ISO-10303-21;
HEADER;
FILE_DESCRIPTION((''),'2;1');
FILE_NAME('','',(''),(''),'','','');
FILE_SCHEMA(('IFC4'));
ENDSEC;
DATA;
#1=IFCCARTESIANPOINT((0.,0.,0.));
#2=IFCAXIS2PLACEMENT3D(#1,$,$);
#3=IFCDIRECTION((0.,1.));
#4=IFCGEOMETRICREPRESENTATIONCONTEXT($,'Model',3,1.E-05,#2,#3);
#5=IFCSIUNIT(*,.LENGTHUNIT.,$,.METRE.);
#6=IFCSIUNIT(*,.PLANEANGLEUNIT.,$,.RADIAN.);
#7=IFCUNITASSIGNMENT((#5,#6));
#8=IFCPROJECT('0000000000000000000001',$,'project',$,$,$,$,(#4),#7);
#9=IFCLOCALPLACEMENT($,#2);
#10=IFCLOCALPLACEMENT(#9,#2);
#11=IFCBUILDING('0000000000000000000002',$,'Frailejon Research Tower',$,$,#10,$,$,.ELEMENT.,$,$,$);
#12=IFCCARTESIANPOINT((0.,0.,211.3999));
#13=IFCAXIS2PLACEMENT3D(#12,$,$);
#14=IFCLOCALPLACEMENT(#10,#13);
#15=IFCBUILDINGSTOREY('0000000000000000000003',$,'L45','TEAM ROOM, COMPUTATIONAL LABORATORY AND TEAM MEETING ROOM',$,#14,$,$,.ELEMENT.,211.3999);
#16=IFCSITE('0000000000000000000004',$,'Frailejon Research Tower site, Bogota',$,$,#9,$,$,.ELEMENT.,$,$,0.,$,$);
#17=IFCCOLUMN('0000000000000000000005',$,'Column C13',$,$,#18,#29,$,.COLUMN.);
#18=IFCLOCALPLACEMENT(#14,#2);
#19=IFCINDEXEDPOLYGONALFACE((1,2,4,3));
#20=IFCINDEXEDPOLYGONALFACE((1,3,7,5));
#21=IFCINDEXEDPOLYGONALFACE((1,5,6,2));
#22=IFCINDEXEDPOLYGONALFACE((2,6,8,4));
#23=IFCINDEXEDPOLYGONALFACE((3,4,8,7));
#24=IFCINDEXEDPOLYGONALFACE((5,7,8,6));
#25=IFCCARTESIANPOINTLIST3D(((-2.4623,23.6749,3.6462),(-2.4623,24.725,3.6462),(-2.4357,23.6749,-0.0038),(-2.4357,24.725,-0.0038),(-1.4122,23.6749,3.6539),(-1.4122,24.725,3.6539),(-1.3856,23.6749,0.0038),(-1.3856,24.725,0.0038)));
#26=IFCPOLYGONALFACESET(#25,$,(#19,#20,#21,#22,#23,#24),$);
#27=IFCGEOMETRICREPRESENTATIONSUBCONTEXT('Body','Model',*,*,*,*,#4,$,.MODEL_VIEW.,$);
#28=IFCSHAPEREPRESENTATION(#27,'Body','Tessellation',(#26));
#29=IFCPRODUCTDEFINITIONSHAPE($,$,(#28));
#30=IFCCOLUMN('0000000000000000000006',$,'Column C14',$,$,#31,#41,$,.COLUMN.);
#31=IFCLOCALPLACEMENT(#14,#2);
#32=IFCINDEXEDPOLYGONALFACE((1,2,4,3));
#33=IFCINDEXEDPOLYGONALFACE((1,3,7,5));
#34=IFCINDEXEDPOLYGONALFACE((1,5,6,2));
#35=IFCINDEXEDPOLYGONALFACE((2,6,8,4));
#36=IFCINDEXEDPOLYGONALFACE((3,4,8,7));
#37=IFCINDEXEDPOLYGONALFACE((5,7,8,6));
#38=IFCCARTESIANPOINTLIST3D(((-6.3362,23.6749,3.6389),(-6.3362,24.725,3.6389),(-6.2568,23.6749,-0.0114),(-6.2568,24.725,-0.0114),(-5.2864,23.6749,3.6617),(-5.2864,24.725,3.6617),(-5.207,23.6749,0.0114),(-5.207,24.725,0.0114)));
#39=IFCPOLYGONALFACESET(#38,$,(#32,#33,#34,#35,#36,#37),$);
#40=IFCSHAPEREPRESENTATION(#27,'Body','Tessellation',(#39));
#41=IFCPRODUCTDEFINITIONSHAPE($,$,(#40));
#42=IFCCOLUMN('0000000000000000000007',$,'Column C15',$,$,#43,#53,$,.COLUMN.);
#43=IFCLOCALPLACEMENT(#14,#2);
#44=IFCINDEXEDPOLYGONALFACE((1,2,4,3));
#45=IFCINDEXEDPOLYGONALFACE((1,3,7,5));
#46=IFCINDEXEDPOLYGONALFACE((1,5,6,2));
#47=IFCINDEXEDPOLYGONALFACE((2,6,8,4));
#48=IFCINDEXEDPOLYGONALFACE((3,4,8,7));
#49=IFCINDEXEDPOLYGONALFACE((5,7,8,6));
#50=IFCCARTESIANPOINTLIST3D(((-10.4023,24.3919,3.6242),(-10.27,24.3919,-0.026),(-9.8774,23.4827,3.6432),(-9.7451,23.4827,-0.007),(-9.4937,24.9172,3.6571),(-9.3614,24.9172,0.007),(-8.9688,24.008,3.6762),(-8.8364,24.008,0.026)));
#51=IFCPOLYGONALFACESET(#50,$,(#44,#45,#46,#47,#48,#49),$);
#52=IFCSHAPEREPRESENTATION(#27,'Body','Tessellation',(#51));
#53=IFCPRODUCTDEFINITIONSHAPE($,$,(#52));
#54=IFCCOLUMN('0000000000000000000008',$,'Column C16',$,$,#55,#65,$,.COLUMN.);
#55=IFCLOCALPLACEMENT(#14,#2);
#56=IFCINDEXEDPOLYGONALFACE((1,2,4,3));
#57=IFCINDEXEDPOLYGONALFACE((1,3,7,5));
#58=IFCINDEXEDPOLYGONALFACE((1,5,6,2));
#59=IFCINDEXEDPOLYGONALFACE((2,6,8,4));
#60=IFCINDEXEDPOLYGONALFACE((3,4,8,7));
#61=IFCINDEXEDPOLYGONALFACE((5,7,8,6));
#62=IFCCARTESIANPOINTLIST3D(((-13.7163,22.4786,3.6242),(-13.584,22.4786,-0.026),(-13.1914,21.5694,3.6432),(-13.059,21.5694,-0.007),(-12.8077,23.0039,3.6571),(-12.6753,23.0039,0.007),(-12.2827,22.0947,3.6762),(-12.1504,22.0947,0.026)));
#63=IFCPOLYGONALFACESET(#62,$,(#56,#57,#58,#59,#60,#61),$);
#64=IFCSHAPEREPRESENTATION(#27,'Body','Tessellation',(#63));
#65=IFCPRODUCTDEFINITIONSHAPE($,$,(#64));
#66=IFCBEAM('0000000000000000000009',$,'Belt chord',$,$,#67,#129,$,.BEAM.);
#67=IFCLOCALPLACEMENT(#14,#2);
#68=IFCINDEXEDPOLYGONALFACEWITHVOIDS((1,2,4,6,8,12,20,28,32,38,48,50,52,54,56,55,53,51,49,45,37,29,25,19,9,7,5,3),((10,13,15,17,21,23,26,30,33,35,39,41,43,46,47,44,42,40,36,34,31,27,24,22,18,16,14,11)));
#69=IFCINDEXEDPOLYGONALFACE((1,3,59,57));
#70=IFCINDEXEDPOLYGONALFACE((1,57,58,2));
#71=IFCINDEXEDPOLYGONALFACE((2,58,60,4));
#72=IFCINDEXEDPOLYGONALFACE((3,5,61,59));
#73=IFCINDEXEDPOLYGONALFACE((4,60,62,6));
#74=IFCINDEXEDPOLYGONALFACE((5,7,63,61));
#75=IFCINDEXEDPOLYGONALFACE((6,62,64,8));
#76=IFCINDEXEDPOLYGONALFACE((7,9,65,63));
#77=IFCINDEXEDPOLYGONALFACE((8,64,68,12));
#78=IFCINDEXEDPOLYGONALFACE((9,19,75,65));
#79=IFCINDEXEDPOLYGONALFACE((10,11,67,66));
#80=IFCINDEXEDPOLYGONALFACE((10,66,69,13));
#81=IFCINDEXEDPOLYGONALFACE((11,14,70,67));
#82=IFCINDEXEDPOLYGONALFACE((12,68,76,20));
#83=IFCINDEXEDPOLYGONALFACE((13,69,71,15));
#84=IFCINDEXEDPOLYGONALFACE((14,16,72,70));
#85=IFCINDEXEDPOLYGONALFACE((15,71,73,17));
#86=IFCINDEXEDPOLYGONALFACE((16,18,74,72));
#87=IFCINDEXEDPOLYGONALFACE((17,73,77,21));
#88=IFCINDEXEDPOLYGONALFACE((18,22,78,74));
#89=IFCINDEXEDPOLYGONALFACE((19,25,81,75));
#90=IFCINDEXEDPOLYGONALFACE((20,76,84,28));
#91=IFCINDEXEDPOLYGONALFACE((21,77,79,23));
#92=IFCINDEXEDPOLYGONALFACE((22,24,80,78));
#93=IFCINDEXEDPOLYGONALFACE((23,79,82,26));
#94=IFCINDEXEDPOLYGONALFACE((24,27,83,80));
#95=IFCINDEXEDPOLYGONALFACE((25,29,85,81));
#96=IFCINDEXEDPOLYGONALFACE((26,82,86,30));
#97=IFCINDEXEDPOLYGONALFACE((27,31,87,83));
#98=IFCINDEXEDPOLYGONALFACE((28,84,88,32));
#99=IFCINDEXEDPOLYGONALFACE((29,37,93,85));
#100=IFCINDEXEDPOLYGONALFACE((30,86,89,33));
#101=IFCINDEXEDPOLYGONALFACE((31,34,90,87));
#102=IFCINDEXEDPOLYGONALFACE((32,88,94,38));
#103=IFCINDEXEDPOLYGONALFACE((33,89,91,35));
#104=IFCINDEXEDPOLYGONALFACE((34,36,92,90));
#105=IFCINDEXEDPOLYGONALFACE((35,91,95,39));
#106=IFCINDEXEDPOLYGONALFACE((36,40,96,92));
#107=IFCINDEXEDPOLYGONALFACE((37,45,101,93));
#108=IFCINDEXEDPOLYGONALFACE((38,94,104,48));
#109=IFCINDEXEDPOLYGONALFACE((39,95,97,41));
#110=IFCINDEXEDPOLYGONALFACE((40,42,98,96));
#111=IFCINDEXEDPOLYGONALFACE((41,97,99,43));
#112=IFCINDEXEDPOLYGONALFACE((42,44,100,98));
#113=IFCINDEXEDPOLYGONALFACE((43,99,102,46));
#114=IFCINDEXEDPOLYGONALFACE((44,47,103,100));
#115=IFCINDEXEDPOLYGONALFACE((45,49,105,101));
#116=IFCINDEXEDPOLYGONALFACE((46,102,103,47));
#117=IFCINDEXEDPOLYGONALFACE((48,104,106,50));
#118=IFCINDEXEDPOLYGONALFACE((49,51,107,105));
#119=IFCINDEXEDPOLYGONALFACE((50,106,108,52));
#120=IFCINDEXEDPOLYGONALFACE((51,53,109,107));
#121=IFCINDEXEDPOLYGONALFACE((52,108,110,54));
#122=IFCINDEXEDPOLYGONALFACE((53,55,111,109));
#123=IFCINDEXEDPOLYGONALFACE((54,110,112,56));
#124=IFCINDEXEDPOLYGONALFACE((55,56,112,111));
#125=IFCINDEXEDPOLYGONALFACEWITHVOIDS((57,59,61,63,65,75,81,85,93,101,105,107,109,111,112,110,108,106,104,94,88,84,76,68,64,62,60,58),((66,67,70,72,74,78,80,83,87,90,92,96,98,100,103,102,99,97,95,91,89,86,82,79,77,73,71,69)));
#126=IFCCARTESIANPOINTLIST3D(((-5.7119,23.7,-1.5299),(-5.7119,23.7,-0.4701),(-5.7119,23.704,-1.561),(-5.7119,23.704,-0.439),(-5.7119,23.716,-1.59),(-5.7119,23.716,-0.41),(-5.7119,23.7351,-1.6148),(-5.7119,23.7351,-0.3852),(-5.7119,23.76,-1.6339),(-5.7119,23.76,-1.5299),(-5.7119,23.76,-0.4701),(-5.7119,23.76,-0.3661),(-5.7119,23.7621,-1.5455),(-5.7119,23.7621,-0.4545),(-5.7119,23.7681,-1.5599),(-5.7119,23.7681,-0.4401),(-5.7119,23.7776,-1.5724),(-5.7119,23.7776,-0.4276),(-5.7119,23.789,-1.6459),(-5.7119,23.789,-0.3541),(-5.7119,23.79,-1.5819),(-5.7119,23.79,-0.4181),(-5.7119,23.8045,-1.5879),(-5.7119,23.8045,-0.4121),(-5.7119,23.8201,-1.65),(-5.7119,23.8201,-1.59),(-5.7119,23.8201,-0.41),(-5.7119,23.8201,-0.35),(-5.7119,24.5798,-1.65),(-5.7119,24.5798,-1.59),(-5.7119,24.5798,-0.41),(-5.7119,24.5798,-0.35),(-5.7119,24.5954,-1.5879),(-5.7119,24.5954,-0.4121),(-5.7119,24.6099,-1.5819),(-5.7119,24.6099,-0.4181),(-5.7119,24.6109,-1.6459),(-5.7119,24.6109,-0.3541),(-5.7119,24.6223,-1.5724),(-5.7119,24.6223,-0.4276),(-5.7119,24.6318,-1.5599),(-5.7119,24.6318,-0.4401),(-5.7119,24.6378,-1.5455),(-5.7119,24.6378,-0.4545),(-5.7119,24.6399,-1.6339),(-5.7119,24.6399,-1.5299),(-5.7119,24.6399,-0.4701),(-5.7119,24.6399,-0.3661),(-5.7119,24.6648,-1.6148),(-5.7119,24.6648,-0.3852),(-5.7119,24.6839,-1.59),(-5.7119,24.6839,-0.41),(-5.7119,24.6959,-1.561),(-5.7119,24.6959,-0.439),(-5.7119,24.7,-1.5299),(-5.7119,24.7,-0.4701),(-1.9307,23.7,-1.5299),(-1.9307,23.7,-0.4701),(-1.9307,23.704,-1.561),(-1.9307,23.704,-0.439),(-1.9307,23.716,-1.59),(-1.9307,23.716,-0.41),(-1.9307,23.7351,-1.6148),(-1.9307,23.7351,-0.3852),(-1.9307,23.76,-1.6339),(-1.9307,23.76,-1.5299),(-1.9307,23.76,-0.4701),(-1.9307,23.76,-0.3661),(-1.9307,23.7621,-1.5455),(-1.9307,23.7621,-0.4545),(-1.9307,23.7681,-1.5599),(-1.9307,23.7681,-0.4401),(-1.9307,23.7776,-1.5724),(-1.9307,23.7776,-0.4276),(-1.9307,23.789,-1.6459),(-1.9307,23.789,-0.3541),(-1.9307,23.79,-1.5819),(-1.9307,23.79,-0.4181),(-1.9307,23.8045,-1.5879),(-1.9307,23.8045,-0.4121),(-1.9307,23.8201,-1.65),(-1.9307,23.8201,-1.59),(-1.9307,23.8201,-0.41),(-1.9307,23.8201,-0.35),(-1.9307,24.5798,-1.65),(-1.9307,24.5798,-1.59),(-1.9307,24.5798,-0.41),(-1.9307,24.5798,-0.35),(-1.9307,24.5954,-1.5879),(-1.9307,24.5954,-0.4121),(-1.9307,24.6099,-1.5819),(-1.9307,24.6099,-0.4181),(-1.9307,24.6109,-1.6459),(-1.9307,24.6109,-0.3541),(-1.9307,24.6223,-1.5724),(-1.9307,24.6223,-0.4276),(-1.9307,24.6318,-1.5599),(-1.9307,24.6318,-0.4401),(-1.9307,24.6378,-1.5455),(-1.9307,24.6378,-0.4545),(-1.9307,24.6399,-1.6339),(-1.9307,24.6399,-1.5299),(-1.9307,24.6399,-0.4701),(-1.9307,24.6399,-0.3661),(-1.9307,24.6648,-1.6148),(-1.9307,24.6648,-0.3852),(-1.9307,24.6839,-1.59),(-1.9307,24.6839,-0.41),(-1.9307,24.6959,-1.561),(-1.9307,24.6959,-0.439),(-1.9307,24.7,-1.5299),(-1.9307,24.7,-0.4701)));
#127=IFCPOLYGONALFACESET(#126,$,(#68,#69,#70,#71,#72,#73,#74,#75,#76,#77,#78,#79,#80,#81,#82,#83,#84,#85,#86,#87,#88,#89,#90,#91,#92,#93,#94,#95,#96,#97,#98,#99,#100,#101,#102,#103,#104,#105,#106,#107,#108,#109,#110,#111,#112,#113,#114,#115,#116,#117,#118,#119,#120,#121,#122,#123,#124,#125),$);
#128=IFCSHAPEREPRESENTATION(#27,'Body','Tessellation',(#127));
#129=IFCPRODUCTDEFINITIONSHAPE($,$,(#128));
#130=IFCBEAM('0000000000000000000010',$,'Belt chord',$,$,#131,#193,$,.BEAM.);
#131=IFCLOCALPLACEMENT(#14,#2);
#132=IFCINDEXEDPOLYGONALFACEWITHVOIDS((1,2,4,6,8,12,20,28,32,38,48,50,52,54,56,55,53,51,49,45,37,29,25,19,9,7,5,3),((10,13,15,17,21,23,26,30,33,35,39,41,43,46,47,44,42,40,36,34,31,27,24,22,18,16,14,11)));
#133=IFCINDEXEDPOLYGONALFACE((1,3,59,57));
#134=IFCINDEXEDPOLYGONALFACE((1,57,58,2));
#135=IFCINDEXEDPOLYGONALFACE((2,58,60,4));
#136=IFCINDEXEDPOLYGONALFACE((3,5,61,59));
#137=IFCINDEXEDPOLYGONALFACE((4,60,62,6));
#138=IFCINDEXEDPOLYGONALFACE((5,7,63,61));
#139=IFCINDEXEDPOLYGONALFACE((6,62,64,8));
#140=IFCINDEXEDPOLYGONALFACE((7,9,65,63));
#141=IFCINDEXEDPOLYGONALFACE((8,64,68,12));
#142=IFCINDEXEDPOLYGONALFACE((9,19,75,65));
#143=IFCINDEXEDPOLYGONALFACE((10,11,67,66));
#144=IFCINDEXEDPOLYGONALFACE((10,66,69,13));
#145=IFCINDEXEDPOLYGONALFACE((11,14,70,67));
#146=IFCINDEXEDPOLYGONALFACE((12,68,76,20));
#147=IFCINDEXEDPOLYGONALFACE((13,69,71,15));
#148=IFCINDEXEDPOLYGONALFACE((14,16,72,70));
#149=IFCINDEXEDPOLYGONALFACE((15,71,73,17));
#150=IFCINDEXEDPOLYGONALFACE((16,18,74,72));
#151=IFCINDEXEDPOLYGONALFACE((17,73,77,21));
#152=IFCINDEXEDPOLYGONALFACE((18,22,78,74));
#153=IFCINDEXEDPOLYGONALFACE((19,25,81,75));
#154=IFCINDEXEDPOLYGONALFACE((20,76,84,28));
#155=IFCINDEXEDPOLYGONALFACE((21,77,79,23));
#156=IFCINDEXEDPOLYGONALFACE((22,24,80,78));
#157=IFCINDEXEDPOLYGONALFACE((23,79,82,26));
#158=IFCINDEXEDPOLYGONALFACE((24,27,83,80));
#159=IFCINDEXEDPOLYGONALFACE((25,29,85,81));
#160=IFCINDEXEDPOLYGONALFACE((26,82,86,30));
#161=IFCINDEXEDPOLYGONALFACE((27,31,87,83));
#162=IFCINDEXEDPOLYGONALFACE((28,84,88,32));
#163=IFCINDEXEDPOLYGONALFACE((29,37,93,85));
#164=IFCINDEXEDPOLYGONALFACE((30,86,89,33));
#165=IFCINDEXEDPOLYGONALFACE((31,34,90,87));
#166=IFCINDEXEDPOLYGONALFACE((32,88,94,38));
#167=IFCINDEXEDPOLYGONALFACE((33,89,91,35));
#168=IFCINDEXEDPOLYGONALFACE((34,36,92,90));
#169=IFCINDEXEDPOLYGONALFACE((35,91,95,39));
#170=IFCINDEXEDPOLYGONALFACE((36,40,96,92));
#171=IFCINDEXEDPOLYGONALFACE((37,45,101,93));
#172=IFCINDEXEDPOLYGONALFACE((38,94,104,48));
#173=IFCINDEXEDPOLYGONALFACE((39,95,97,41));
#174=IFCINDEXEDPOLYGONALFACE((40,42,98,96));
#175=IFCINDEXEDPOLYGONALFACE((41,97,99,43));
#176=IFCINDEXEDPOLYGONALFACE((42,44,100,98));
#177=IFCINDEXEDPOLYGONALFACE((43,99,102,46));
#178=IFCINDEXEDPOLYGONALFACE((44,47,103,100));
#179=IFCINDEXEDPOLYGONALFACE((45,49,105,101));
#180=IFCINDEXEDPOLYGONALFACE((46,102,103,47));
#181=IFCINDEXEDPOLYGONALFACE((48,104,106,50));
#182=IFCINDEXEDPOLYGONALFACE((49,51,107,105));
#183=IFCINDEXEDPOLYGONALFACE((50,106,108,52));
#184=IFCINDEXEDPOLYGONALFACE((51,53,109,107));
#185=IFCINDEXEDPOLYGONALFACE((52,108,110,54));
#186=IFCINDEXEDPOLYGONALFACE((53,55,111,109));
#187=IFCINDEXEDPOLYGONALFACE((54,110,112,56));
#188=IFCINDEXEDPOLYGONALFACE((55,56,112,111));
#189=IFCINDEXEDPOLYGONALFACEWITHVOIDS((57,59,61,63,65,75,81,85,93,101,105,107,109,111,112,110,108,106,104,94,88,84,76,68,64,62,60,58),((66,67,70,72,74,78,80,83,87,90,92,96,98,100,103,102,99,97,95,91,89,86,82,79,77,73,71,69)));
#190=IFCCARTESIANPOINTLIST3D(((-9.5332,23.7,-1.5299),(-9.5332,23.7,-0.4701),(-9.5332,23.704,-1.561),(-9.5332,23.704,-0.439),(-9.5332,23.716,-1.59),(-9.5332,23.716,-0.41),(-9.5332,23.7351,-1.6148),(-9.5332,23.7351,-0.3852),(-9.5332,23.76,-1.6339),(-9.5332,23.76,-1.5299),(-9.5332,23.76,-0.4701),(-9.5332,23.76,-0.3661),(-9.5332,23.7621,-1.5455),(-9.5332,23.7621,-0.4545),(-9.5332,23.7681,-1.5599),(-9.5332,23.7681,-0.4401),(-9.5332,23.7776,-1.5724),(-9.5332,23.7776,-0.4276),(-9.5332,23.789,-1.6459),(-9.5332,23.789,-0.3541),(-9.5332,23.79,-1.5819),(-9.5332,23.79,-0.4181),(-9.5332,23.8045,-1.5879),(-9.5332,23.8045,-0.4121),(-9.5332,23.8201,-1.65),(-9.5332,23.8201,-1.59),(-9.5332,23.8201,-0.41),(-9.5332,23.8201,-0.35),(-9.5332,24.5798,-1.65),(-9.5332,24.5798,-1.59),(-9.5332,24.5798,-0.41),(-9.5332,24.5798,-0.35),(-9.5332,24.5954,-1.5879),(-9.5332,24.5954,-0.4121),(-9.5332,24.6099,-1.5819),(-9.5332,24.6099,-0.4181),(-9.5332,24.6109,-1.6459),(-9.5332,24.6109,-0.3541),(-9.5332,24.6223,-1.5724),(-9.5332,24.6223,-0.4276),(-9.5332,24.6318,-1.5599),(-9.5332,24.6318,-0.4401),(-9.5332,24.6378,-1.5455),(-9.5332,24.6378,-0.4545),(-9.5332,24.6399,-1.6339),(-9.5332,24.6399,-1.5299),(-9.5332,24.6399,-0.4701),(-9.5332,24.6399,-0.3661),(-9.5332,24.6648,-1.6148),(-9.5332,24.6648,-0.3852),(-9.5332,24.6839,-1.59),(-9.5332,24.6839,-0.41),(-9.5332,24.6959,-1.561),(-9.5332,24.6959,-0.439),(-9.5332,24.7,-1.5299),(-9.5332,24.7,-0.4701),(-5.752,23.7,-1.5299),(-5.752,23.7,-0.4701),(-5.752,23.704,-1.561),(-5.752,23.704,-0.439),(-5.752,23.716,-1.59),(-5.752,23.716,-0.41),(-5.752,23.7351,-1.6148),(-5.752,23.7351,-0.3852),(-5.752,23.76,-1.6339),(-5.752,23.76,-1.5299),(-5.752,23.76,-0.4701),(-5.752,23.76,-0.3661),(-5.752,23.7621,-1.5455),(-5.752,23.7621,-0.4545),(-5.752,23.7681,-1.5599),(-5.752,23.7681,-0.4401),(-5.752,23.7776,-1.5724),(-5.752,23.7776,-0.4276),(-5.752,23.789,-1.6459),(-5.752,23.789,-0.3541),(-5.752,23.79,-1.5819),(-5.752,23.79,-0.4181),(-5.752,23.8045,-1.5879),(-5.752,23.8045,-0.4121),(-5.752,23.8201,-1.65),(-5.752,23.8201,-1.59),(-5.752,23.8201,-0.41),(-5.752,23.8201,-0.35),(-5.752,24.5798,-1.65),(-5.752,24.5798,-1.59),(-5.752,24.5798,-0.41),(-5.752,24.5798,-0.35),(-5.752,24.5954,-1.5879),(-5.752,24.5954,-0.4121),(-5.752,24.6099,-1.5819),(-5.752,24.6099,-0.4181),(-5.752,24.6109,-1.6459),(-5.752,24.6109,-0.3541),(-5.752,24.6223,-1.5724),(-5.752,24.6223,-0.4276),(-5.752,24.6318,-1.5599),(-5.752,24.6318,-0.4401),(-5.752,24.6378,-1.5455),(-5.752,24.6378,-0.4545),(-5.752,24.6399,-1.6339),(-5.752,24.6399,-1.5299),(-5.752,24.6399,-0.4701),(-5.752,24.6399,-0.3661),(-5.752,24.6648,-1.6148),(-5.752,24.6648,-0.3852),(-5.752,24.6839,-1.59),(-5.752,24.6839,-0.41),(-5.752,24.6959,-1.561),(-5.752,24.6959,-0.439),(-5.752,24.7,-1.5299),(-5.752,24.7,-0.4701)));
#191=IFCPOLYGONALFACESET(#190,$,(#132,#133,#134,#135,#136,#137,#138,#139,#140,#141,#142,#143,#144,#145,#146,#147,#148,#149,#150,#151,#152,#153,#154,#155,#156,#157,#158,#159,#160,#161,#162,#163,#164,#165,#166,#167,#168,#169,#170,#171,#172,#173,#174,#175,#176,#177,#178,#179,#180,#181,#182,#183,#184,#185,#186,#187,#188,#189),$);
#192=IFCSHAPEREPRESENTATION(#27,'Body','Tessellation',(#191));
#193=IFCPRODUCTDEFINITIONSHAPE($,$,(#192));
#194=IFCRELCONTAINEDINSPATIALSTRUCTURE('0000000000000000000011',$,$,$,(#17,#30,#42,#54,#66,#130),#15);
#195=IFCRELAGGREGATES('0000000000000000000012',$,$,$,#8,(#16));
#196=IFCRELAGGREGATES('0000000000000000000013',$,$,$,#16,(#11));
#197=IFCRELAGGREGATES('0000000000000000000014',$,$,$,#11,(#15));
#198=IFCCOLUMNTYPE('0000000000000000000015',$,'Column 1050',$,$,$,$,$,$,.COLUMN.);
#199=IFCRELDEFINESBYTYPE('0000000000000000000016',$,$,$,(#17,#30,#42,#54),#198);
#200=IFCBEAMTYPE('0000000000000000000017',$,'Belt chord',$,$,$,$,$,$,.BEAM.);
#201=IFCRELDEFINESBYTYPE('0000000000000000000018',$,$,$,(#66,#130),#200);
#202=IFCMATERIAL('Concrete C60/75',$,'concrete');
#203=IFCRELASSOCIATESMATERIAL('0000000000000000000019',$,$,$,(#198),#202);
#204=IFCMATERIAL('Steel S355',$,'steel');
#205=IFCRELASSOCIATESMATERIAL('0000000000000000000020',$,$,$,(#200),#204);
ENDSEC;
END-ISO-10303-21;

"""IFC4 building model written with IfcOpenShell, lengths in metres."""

from ifc_helpers import new_model, si_unit, direction, frame, origin, origin_2d, place, context, subcontext, project, spatial, rectangle, hollow_rectangle, extrude, material, material_profile, profile_set, type_object, element, save


model = new_model("IFC4")

# Units and contexts
model_context = context("Model", 3, precision=1e-05, world=origin(), true_north=direction((0.0, 1.0)))
body_context = subcontext(model_context, "Body", "Model", "MODEL_VIEW")
ifc_project = project(units=[si_unit("LENGTHUNIT", "METRE"), si_unit("PLANEANGLEUNIT", "RADIAN")], contexts=[model_context])

# Site, building, storey
site_placement = place(None, origin())
site = spatial("IfcSite", under=ifc_project, at=site_placement, Name="Frailejon Research Tower site, Bogota", CompositionType="ELEMENT", RefElevation=0.0)
building_placement = place(site_placement, origin())
building = spatial("IfcBuilding", under=site, at=building_placement, Name="Frailejon Research Tower", CompositionType="ELEMENT")
storey_placement = place(building_placement, frame((0.0, 0.0, 211.3999)))
storey = spatial("IfcBuildingStorey", under=building, at=storey_placement, Name="L45", Description="TEAM ROOM, COMPUTATIONAL LABORATORY AND TEAM MEETING ROOM", CompositionType="ELEMENT", Elevation=211.3999)

# Columns
ifc_material_1 = material(Name="Concrete C60/75", Category="concrete")
ifc_material_profile_1 = material_profile(ifc_material_1, rectangle(XDim=1.05, YDim=1.05, at=origin_2d()), Name="Column 1050")
ifc_profile_set_1 = profile_set([ifc_material_profile_1], Name="Concrete C60/75")
column_type = type_object("IfcColumnType", Name="Column 1050", PredefinedType="COLUMN", material=ifc_profile_set_1)
column_1_placement = place(storey_placement, frame((-1.9106, 24.2, 0.0), z_axis=(-0.00729, 0.0, 0.999973), x_axis=(-0.999973, 0.0, -0.00729)))
element("IfcColumn", 1, at=column_1_placement, inside=storey, type_object=column_type, Name="Column C13", PredefinedType="COLUMN", context=body_context, shape_type="SweptSolid", body=[
    extrude(rectangle(XDim=1.05, YDim=1.05, at=origin_2d()), origin(), (0.0, 0.0, 1.0), 3.6501),
])
column_2_placement = place(storey_placement, frame((-5.7319, 24.2, 0.0), z_axis=(-0.021733, 0.0, 0.999764), x_axis=(-0.999764, 0.0, -0.021733)))
element("IfcColumn", 2, at=column_2_placement, inside=storey, type_object=column_type, Name="Column C14", PredefinedType="COLUMN", context=body_context, shape_type="SweptSolid", body=[
    extrude(rectangle(XDim=1.05, YDim=1.05, at=origin_2d()), origin(), (0.0, 0.0, 1.0), 3.6511),
])
for number, where, z_axis, x_axis, name in (
    (3, (-9.5532, 24.2, 0.0), (-0.036228, 0.0, 0.999344), (-0.865315, -0.500246, -0.031369), "Column C15"),
    (4, (-12.8672, 22.2866, 0.0), (-0.036228, 0.0, 0.999344), (-0.865315, -0.500246, -0.031369), "Column C16"),
):
    element("IfcColumn", number, at=place(storey_placement, frame(where, z_axis=z_axis, x_axis=x_axis)), inside=storey, type_object=column_type, Name=name, PredefinedType="COLUMN", context=body_context, shape_type="SweptSolid", body=[
        extrude(rectangle(XDim=1.05, YDim=1.05, at=origin_2d()), origin(), (0.0, 0.0, 1.0), 3.6526),
    ])

# Beams
ifc_material_2 = material(Name="Steel S355", Category="steel")
ifc_material_profile_2 = material_profile(ifc_material_2, hollow_rectangle(XDim=1.0, YDim=1.3, WallThickness=0.0601, InnerFilletRadius=0.0601, OuterFilletRadius=0.1201, at=origin_2d()), Name="Belt chord")
ifc_profile_set_2 = profile_set([ifc_material_profile_2], Name="Steel S355")
beam_type_1 = type_object("IfcBeamType", Name="Belt chord", PredefinedType="BEAM", material=ifc_profile_set_2)
for number, where, z_axis, x_axis, name in (
    (5, (-1.9307, 24.2, -1.0), (-1.0, 0.0, 0.0), (0.0, -1.0, 0.0), "Belt chord"),
    (6, (-5.752, 24.2, -1.0), (-1.0, 0.0, 0.0), (0.0, -1.0, 0.0), "Belt chord"),
):
    element("IfcBeam", number, at=place(storey_placement, frame(where, z_axis=z_axis, x_axis=x_axis)), inside=storey, type_object=beam_type_1, Name=name, PredefinedType="BEAM", context=body_context, shape_type="SweptSolid", body=[
        extrude(hollow_rectangle(XDim=1.0, YDim=1.3, WallThickness=0.0601, InnerFilletRadius=0.0601, OuterFilletRadius=0.1201, at=origin_2d()), origin(), (0.0, 0.0, 1.0), 3.7812),
    ])

save(model, "model.ifc")
